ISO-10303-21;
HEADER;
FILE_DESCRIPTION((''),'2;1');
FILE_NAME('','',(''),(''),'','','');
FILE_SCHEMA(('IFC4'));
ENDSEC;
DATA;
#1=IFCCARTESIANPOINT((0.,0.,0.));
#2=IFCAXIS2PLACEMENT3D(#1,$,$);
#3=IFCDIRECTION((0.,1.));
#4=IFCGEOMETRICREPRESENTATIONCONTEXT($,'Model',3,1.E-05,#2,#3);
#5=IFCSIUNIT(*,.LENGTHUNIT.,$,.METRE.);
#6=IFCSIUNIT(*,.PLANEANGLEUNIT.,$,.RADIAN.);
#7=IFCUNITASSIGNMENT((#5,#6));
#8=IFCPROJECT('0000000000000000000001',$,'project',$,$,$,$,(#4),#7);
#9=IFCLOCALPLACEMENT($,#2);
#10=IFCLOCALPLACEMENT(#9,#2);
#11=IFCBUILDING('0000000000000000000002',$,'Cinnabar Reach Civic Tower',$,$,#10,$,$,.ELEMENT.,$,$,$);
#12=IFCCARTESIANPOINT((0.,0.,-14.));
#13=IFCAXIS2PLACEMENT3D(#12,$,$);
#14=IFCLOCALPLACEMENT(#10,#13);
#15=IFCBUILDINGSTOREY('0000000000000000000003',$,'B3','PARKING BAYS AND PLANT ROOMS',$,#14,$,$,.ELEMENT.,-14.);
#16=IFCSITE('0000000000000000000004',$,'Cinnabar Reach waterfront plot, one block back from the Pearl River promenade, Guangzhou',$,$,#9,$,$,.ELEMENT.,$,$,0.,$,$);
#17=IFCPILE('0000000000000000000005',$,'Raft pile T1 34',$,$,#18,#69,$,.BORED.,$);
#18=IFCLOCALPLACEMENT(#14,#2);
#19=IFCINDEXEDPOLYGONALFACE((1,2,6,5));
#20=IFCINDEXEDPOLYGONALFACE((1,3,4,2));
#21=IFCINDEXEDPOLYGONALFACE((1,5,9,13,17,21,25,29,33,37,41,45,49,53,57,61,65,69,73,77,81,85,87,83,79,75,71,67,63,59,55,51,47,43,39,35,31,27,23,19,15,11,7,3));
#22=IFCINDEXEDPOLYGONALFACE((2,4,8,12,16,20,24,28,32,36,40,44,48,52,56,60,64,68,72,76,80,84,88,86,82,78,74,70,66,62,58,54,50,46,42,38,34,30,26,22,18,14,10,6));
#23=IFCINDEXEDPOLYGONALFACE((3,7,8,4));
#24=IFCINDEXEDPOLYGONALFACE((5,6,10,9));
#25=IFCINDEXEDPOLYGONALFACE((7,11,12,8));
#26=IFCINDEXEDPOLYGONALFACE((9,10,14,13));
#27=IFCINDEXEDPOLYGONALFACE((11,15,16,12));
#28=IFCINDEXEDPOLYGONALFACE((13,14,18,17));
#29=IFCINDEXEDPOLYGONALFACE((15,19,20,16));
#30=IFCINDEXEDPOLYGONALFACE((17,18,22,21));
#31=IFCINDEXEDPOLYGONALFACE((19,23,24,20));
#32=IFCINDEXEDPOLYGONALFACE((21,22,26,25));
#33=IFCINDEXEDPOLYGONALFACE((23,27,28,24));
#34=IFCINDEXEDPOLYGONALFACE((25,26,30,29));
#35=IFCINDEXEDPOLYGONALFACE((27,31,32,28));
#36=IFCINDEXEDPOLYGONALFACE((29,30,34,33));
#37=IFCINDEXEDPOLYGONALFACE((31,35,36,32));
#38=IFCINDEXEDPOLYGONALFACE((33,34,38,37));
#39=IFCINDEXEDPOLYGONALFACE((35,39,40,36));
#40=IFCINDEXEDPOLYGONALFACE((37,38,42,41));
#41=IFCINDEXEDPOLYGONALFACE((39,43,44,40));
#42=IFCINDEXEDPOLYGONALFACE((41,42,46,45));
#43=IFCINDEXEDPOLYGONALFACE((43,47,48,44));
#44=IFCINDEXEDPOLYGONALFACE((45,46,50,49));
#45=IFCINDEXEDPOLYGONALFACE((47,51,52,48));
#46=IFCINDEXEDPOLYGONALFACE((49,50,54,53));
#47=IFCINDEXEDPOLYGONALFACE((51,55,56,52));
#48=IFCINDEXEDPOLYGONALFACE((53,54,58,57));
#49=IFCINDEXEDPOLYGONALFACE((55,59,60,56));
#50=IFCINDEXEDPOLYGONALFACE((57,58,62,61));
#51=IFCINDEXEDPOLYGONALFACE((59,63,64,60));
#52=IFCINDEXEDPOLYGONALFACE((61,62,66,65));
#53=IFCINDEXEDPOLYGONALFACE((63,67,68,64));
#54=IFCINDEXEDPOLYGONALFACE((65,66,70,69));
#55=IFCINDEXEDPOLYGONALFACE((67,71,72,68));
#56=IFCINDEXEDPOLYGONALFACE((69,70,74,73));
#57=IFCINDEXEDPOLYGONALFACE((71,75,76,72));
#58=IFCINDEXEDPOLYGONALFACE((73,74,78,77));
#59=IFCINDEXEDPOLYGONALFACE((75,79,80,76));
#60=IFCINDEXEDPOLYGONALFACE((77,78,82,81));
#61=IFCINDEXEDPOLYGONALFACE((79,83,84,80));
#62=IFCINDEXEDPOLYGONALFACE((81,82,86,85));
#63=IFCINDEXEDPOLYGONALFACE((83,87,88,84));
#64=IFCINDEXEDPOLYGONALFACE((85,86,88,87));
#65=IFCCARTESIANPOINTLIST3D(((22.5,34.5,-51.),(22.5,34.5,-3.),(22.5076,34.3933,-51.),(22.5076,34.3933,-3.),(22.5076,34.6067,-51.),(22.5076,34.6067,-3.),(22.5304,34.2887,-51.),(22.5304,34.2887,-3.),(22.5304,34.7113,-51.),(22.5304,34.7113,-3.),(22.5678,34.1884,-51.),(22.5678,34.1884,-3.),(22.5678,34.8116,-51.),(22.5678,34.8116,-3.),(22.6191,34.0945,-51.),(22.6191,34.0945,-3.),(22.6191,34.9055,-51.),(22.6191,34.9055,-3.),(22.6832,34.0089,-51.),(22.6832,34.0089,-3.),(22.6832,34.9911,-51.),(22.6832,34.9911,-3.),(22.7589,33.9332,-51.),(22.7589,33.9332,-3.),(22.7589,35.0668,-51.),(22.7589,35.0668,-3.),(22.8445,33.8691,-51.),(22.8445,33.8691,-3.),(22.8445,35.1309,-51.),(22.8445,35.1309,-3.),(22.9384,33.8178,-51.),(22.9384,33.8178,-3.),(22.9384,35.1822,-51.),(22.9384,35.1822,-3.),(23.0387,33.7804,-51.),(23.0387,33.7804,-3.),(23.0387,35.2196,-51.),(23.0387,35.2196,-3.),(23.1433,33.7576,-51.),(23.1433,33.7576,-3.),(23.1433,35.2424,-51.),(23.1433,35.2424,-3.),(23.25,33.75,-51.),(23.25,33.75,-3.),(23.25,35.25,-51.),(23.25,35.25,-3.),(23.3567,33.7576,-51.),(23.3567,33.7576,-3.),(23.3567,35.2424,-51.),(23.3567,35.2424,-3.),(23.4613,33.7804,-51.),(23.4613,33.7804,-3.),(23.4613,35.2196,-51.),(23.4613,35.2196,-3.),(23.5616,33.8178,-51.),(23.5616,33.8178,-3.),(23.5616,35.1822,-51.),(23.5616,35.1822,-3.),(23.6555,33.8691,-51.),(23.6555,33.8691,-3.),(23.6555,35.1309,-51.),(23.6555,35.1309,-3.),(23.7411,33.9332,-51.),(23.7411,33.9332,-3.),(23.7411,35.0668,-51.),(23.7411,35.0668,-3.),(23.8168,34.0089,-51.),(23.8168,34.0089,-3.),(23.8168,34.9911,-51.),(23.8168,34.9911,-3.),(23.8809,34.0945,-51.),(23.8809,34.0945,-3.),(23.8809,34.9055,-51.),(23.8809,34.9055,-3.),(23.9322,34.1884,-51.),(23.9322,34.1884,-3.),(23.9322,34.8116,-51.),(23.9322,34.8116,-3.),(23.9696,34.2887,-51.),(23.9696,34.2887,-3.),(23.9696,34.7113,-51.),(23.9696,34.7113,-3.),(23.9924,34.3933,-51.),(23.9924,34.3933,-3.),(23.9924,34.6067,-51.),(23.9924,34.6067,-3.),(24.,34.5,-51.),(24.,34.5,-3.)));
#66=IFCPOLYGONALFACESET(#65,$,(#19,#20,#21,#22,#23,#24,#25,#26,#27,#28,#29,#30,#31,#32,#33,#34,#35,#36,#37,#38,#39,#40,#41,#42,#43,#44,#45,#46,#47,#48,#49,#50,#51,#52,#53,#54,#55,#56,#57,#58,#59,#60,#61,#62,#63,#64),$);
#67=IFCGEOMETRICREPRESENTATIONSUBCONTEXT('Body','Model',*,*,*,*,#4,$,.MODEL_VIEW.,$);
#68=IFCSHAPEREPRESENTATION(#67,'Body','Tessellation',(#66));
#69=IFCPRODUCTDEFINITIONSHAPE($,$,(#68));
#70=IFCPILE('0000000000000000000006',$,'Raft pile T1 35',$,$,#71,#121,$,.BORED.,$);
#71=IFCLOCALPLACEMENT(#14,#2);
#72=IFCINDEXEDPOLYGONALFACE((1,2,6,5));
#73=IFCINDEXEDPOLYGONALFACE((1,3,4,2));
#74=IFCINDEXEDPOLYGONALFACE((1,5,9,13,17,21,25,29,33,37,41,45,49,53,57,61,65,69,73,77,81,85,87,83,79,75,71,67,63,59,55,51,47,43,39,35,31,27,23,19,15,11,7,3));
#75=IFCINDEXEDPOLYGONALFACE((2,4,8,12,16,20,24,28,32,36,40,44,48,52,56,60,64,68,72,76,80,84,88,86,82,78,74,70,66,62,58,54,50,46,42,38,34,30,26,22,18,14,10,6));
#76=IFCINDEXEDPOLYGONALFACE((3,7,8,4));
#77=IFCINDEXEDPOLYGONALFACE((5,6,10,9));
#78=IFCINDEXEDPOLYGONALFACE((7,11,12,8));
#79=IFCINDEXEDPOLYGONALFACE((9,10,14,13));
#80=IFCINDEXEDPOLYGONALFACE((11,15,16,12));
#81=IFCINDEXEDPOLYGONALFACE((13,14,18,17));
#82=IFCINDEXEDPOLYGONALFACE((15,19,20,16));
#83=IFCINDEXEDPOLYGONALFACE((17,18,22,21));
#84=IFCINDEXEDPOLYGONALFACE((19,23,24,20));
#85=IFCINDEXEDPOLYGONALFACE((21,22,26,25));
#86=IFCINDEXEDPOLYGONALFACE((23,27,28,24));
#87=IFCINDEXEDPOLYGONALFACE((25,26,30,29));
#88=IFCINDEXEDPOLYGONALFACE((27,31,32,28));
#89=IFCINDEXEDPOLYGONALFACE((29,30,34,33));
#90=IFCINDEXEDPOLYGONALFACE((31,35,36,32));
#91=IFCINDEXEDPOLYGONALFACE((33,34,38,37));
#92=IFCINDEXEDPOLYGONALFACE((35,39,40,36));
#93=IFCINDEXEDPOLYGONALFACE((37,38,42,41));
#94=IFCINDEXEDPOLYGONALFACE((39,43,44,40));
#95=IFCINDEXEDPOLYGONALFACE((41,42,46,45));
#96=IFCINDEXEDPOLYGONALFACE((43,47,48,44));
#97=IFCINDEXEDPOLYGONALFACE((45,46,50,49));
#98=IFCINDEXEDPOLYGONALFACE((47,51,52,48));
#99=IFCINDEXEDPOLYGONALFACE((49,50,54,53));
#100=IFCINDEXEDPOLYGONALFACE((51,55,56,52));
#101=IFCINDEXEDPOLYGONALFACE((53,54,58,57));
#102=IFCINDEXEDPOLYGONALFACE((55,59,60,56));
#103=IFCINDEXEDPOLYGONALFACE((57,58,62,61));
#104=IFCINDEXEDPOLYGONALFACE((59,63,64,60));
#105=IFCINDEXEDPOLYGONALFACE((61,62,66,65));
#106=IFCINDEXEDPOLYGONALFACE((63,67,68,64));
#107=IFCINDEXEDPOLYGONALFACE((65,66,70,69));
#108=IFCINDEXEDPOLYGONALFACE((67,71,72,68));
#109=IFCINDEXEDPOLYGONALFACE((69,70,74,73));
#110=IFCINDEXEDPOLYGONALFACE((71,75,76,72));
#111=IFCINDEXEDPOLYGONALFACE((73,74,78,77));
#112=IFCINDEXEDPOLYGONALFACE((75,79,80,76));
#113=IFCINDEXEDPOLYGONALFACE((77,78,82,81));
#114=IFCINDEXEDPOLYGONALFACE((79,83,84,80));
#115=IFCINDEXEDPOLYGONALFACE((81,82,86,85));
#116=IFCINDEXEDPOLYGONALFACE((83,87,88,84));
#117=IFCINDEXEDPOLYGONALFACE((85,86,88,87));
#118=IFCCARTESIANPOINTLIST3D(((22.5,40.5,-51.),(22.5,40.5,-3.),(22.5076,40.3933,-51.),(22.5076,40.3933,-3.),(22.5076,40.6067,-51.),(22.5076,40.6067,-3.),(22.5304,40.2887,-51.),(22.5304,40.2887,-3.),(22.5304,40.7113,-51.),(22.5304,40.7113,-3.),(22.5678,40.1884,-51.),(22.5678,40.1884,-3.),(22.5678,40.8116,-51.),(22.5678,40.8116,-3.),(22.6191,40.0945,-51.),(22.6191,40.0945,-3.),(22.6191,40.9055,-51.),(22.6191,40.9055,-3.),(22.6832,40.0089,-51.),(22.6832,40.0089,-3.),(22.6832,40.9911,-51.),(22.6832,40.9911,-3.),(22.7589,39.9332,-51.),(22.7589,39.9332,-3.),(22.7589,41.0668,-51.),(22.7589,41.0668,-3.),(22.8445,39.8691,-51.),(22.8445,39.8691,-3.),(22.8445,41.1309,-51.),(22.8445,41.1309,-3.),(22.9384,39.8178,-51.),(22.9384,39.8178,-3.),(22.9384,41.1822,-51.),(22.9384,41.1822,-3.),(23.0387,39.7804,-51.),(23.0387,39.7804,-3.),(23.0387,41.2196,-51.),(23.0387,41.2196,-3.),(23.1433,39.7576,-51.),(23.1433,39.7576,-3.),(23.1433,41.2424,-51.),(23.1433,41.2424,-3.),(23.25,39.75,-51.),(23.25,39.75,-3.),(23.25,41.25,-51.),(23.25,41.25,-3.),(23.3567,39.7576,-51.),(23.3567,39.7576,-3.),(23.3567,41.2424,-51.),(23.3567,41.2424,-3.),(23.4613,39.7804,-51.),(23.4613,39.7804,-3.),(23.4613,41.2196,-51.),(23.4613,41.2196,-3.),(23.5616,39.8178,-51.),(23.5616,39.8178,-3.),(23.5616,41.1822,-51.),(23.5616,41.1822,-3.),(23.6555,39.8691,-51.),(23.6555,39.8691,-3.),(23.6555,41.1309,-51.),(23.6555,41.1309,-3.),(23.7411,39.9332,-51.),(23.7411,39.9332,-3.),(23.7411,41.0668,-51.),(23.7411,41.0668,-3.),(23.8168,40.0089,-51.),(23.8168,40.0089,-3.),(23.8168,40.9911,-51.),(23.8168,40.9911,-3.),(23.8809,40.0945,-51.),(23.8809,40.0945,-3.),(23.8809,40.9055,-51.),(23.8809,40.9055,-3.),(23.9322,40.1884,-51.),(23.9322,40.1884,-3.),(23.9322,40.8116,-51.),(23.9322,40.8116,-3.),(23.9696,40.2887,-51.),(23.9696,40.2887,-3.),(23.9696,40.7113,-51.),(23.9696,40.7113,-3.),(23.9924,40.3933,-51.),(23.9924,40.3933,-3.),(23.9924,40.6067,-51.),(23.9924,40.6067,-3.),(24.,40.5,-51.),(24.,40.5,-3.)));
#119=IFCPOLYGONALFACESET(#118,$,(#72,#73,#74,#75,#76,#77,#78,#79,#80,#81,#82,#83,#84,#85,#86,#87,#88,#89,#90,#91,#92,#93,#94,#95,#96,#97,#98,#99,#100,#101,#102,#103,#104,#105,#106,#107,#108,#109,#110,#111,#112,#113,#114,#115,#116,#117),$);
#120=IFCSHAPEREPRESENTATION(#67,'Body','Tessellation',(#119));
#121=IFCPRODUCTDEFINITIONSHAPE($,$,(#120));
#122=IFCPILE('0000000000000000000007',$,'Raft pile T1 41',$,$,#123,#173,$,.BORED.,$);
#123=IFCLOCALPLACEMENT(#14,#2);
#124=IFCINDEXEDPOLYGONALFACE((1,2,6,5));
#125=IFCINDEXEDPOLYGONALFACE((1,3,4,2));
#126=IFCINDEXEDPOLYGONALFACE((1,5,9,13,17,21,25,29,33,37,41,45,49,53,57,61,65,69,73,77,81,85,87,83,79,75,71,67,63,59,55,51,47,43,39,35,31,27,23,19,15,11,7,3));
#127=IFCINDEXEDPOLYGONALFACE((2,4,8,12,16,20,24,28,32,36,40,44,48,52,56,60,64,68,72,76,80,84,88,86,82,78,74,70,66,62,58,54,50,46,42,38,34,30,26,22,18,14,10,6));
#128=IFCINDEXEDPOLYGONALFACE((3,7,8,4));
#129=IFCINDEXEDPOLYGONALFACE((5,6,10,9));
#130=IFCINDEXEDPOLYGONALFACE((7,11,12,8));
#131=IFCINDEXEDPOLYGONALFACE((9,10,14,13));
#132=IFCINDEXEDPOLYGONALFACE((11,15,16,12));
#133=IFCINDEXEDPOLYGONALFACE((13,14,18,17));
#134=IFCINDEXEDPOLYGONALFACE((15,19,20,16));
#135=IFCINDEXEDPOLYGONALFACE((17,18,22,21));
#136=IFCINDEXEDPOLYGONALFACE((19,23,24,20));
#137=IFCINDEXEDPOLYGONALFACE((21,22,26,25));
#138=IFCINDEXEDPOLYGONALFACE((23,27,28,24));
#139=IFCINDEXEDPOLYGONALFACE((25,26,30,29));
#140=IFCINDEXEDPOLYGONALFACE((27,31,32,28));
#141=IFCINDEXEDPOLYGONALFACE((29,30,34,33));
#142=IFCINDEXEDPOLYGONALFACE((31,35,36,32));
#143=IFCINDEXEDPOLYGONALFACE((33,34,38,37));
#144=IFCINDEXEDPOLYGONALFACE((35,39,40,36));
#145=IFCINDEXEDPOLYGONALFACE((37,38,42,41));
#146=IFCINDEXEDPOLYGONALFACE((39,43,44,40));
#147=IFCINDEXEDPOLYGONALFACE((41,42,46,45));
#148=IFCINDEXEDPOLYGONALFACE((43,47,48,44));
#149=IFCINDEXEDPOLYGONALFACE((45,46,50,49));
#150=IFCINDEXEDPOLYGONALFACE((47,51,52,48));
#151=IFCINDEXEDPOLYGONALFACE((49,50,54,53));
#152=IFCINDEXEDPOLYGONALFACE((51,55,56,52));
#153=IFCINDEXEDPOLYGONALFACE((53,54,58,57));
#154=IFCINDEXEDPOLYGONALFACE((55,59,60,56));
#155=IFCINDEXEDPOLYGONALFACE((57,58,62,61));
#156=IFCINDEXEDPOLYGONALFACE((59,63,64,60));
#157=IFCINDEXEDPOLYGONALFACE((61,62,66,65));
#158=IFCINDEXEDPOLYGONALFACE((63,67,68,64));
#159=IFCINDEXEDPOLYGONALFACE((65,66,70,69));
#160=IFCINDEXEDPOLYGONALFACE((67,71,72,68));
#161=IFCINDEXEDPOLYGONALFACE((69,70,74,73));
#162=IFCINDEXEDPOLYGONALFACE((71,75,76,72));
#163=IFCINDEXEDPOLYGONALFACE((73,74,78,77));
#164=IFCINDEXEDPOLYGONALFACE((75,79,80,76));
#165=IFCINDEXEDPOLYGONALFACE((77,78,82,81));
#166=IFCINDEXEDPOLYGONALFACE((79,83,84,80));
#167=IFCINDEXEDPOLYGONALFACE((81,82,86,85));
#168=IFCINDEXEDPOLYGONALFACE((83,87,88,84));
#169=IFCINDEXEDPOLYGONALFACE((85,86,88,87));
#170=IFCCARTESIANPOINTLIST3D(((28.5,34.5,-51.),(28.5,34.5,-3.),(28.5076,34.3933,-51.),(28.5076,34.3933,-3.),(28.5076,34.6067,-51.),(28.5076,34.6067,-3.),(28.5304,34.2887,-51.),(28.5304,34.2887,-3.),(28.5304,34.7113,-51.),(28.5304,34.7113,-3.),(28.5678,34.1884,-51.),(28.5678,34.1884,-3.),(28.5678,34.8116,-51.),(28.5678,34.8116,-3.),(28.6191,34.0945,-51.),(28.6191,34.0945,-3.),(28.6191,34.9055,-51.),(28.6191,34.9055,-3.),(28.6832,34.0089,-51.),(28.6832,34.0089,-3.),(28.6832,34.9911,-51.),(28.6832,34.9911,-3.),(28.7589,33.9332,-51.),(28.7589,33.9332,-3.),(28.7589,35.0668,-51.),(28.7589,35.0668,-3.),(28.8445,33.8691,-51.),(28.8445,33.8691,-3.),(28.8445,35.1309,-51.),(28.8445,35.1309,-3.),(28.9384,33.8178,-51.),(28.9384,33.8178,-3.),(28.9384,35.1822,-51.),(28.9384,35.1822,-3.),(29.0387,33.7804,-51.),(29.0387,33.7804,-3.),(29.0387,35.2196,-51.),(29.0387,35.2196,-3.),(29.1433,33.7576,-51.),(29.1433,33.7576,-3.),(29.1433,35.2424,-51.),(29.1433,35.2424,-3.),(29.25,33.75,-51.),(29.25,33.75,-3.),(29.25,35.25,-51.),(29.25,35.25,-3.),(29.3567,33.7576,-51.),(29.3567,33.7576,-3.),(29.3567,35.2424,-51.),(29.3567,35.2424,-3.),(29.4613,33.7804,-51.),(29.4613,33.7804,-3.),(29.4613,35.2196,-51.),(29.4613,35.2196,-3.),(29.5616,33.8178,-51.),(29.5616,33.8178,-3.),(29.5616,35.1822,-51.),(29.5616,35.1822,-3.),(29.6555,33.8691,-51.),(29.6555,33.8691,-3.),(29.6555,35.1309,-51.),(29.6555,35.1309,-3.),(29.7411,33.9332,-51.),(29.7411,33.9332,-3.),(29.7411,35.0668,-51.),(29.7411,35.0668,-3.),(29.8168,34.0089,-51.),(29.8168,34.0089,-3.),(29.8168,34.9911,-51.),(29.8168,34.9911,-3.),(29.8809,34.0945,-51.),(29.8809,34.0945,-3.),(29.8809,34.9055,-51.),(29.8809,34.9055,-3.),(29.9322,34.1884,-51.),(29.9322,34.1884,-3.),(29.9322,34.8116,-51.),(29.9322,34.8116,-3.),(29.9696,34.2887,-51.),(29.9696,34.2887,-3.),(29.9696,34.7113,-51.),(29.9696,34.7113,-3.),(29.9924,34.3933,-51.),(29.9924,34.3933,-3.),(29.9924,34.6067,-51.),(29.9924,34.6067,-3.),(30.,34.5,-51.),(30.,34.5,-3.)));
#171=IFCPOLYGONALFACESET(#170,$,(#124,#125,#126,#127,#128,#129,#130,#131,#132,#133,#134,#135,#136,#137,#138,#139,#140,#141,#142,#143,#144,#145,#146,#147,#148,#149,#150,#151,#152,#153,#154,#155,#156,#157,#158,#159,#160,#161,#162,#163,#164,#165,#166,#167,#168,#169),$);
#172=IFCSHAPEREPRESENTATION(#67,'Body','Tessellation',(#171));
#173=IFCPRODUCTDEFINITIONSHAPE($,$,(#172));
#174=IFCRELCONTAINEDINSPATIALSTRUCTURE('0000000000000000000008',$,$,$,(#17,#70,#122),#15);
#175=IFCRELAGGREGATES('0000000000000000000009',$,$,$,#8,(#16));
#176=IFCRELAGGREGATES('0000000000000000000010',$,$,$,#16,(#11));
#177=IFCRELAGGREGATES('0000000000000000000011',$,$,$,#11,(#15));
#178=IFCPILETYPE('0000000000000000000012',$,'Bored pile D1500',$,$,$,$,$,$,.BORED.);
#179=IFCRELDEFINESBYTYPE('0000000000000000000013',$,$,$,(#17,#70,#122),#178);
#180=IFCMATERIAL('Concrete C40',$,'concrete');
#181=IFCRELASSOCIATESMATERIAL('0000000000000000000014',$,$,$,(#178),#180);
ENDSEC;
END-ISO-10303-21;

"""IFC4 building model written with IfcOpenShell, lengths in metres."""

from ifc_helpers import new_model, si_unit, direction, frame, origin, origin_2d, place, context, subcontext, project, spatial, circle, extrude, material, type_object, element, save


model = new_model("IFC4")

# Units and contexts
model_context = context("Model", 3, precision=1e-05, world=origin(), true_north=direction((0.0, 1.0)))
body_context = subcontext(model_context, "Body", "Model", "MODEL_VIEW")
ifc_project = project(units=[si_unit("LENGTHUNIT", "METRE"), si_unit("PLANEANGLEUNIT", "RADIAN")], contexts=[model_context])

# Site, building, storey
site_placement = place(None, origin())
site = spatial("IfcSite", under=ifc_project, at=site_placement, Name="Cinnabar Reach waterfront plot, one block back from the Pearl River promenade, Guangzhou", CompositionType="ELEMENT", RefElevation=0.0)
building_placement = place(site_placement, origin())
building = spatial("IfcBuilding", under=site, at=building_placement, Name="Cinnabar Reach Civic Tower", CompositionType="ELEMENT")
storey_placement = place(building_placement, frame((0.0, 0.0, -14.0)))
storey = spatial("IfcBuildingStorey", under=building, at=storey_placement, Name="B3", Description="PARKING BAYS AND PLANT ROOMS", CompositionType="ELEMENT", Elevation=-14.0)

# Piles
ifc_material_1 = material(Name="Concrete C40", Category="concrete")
pile_type = type_object("IfcPileType", Name="Bored pile D1500", PredefinedType="BORED", material=ifc_material_1)
for number, where, z_axis, x_axis, name in (
    (1, (23.25, 34.5, -3.0), (0.0, 0.0, -1.0), (1.0, 0.0, 0.0), "Raft pile T1 34"),
    (2, (23.25, 40.5, -3.0), (0.0, 0.0, -1.0), (1.0, 0.0, 0.0), "Raft pile T1 35"),
    (3, (29.25, 34.5, -3.0), (0.0, 0.0, -1.0), (1.0, 0.0, 0.0), "Raft pile T1 41"),
):
    element("IfcPile", number, at=place(storey_placement, frame(where, z_axis=z_axis, x_axis=x_axis)), inside=storey, type_object=pile_type, Name=name, PredefinedType="BORED", context=body_context, shape_type="SweptSolid", body=[
        extrude(circle(Radius=0.75, at=origin_2d()), origin(), (0.0, 0.0, 1.0), 48.0),
    ])

save(model, "model.ifc")
